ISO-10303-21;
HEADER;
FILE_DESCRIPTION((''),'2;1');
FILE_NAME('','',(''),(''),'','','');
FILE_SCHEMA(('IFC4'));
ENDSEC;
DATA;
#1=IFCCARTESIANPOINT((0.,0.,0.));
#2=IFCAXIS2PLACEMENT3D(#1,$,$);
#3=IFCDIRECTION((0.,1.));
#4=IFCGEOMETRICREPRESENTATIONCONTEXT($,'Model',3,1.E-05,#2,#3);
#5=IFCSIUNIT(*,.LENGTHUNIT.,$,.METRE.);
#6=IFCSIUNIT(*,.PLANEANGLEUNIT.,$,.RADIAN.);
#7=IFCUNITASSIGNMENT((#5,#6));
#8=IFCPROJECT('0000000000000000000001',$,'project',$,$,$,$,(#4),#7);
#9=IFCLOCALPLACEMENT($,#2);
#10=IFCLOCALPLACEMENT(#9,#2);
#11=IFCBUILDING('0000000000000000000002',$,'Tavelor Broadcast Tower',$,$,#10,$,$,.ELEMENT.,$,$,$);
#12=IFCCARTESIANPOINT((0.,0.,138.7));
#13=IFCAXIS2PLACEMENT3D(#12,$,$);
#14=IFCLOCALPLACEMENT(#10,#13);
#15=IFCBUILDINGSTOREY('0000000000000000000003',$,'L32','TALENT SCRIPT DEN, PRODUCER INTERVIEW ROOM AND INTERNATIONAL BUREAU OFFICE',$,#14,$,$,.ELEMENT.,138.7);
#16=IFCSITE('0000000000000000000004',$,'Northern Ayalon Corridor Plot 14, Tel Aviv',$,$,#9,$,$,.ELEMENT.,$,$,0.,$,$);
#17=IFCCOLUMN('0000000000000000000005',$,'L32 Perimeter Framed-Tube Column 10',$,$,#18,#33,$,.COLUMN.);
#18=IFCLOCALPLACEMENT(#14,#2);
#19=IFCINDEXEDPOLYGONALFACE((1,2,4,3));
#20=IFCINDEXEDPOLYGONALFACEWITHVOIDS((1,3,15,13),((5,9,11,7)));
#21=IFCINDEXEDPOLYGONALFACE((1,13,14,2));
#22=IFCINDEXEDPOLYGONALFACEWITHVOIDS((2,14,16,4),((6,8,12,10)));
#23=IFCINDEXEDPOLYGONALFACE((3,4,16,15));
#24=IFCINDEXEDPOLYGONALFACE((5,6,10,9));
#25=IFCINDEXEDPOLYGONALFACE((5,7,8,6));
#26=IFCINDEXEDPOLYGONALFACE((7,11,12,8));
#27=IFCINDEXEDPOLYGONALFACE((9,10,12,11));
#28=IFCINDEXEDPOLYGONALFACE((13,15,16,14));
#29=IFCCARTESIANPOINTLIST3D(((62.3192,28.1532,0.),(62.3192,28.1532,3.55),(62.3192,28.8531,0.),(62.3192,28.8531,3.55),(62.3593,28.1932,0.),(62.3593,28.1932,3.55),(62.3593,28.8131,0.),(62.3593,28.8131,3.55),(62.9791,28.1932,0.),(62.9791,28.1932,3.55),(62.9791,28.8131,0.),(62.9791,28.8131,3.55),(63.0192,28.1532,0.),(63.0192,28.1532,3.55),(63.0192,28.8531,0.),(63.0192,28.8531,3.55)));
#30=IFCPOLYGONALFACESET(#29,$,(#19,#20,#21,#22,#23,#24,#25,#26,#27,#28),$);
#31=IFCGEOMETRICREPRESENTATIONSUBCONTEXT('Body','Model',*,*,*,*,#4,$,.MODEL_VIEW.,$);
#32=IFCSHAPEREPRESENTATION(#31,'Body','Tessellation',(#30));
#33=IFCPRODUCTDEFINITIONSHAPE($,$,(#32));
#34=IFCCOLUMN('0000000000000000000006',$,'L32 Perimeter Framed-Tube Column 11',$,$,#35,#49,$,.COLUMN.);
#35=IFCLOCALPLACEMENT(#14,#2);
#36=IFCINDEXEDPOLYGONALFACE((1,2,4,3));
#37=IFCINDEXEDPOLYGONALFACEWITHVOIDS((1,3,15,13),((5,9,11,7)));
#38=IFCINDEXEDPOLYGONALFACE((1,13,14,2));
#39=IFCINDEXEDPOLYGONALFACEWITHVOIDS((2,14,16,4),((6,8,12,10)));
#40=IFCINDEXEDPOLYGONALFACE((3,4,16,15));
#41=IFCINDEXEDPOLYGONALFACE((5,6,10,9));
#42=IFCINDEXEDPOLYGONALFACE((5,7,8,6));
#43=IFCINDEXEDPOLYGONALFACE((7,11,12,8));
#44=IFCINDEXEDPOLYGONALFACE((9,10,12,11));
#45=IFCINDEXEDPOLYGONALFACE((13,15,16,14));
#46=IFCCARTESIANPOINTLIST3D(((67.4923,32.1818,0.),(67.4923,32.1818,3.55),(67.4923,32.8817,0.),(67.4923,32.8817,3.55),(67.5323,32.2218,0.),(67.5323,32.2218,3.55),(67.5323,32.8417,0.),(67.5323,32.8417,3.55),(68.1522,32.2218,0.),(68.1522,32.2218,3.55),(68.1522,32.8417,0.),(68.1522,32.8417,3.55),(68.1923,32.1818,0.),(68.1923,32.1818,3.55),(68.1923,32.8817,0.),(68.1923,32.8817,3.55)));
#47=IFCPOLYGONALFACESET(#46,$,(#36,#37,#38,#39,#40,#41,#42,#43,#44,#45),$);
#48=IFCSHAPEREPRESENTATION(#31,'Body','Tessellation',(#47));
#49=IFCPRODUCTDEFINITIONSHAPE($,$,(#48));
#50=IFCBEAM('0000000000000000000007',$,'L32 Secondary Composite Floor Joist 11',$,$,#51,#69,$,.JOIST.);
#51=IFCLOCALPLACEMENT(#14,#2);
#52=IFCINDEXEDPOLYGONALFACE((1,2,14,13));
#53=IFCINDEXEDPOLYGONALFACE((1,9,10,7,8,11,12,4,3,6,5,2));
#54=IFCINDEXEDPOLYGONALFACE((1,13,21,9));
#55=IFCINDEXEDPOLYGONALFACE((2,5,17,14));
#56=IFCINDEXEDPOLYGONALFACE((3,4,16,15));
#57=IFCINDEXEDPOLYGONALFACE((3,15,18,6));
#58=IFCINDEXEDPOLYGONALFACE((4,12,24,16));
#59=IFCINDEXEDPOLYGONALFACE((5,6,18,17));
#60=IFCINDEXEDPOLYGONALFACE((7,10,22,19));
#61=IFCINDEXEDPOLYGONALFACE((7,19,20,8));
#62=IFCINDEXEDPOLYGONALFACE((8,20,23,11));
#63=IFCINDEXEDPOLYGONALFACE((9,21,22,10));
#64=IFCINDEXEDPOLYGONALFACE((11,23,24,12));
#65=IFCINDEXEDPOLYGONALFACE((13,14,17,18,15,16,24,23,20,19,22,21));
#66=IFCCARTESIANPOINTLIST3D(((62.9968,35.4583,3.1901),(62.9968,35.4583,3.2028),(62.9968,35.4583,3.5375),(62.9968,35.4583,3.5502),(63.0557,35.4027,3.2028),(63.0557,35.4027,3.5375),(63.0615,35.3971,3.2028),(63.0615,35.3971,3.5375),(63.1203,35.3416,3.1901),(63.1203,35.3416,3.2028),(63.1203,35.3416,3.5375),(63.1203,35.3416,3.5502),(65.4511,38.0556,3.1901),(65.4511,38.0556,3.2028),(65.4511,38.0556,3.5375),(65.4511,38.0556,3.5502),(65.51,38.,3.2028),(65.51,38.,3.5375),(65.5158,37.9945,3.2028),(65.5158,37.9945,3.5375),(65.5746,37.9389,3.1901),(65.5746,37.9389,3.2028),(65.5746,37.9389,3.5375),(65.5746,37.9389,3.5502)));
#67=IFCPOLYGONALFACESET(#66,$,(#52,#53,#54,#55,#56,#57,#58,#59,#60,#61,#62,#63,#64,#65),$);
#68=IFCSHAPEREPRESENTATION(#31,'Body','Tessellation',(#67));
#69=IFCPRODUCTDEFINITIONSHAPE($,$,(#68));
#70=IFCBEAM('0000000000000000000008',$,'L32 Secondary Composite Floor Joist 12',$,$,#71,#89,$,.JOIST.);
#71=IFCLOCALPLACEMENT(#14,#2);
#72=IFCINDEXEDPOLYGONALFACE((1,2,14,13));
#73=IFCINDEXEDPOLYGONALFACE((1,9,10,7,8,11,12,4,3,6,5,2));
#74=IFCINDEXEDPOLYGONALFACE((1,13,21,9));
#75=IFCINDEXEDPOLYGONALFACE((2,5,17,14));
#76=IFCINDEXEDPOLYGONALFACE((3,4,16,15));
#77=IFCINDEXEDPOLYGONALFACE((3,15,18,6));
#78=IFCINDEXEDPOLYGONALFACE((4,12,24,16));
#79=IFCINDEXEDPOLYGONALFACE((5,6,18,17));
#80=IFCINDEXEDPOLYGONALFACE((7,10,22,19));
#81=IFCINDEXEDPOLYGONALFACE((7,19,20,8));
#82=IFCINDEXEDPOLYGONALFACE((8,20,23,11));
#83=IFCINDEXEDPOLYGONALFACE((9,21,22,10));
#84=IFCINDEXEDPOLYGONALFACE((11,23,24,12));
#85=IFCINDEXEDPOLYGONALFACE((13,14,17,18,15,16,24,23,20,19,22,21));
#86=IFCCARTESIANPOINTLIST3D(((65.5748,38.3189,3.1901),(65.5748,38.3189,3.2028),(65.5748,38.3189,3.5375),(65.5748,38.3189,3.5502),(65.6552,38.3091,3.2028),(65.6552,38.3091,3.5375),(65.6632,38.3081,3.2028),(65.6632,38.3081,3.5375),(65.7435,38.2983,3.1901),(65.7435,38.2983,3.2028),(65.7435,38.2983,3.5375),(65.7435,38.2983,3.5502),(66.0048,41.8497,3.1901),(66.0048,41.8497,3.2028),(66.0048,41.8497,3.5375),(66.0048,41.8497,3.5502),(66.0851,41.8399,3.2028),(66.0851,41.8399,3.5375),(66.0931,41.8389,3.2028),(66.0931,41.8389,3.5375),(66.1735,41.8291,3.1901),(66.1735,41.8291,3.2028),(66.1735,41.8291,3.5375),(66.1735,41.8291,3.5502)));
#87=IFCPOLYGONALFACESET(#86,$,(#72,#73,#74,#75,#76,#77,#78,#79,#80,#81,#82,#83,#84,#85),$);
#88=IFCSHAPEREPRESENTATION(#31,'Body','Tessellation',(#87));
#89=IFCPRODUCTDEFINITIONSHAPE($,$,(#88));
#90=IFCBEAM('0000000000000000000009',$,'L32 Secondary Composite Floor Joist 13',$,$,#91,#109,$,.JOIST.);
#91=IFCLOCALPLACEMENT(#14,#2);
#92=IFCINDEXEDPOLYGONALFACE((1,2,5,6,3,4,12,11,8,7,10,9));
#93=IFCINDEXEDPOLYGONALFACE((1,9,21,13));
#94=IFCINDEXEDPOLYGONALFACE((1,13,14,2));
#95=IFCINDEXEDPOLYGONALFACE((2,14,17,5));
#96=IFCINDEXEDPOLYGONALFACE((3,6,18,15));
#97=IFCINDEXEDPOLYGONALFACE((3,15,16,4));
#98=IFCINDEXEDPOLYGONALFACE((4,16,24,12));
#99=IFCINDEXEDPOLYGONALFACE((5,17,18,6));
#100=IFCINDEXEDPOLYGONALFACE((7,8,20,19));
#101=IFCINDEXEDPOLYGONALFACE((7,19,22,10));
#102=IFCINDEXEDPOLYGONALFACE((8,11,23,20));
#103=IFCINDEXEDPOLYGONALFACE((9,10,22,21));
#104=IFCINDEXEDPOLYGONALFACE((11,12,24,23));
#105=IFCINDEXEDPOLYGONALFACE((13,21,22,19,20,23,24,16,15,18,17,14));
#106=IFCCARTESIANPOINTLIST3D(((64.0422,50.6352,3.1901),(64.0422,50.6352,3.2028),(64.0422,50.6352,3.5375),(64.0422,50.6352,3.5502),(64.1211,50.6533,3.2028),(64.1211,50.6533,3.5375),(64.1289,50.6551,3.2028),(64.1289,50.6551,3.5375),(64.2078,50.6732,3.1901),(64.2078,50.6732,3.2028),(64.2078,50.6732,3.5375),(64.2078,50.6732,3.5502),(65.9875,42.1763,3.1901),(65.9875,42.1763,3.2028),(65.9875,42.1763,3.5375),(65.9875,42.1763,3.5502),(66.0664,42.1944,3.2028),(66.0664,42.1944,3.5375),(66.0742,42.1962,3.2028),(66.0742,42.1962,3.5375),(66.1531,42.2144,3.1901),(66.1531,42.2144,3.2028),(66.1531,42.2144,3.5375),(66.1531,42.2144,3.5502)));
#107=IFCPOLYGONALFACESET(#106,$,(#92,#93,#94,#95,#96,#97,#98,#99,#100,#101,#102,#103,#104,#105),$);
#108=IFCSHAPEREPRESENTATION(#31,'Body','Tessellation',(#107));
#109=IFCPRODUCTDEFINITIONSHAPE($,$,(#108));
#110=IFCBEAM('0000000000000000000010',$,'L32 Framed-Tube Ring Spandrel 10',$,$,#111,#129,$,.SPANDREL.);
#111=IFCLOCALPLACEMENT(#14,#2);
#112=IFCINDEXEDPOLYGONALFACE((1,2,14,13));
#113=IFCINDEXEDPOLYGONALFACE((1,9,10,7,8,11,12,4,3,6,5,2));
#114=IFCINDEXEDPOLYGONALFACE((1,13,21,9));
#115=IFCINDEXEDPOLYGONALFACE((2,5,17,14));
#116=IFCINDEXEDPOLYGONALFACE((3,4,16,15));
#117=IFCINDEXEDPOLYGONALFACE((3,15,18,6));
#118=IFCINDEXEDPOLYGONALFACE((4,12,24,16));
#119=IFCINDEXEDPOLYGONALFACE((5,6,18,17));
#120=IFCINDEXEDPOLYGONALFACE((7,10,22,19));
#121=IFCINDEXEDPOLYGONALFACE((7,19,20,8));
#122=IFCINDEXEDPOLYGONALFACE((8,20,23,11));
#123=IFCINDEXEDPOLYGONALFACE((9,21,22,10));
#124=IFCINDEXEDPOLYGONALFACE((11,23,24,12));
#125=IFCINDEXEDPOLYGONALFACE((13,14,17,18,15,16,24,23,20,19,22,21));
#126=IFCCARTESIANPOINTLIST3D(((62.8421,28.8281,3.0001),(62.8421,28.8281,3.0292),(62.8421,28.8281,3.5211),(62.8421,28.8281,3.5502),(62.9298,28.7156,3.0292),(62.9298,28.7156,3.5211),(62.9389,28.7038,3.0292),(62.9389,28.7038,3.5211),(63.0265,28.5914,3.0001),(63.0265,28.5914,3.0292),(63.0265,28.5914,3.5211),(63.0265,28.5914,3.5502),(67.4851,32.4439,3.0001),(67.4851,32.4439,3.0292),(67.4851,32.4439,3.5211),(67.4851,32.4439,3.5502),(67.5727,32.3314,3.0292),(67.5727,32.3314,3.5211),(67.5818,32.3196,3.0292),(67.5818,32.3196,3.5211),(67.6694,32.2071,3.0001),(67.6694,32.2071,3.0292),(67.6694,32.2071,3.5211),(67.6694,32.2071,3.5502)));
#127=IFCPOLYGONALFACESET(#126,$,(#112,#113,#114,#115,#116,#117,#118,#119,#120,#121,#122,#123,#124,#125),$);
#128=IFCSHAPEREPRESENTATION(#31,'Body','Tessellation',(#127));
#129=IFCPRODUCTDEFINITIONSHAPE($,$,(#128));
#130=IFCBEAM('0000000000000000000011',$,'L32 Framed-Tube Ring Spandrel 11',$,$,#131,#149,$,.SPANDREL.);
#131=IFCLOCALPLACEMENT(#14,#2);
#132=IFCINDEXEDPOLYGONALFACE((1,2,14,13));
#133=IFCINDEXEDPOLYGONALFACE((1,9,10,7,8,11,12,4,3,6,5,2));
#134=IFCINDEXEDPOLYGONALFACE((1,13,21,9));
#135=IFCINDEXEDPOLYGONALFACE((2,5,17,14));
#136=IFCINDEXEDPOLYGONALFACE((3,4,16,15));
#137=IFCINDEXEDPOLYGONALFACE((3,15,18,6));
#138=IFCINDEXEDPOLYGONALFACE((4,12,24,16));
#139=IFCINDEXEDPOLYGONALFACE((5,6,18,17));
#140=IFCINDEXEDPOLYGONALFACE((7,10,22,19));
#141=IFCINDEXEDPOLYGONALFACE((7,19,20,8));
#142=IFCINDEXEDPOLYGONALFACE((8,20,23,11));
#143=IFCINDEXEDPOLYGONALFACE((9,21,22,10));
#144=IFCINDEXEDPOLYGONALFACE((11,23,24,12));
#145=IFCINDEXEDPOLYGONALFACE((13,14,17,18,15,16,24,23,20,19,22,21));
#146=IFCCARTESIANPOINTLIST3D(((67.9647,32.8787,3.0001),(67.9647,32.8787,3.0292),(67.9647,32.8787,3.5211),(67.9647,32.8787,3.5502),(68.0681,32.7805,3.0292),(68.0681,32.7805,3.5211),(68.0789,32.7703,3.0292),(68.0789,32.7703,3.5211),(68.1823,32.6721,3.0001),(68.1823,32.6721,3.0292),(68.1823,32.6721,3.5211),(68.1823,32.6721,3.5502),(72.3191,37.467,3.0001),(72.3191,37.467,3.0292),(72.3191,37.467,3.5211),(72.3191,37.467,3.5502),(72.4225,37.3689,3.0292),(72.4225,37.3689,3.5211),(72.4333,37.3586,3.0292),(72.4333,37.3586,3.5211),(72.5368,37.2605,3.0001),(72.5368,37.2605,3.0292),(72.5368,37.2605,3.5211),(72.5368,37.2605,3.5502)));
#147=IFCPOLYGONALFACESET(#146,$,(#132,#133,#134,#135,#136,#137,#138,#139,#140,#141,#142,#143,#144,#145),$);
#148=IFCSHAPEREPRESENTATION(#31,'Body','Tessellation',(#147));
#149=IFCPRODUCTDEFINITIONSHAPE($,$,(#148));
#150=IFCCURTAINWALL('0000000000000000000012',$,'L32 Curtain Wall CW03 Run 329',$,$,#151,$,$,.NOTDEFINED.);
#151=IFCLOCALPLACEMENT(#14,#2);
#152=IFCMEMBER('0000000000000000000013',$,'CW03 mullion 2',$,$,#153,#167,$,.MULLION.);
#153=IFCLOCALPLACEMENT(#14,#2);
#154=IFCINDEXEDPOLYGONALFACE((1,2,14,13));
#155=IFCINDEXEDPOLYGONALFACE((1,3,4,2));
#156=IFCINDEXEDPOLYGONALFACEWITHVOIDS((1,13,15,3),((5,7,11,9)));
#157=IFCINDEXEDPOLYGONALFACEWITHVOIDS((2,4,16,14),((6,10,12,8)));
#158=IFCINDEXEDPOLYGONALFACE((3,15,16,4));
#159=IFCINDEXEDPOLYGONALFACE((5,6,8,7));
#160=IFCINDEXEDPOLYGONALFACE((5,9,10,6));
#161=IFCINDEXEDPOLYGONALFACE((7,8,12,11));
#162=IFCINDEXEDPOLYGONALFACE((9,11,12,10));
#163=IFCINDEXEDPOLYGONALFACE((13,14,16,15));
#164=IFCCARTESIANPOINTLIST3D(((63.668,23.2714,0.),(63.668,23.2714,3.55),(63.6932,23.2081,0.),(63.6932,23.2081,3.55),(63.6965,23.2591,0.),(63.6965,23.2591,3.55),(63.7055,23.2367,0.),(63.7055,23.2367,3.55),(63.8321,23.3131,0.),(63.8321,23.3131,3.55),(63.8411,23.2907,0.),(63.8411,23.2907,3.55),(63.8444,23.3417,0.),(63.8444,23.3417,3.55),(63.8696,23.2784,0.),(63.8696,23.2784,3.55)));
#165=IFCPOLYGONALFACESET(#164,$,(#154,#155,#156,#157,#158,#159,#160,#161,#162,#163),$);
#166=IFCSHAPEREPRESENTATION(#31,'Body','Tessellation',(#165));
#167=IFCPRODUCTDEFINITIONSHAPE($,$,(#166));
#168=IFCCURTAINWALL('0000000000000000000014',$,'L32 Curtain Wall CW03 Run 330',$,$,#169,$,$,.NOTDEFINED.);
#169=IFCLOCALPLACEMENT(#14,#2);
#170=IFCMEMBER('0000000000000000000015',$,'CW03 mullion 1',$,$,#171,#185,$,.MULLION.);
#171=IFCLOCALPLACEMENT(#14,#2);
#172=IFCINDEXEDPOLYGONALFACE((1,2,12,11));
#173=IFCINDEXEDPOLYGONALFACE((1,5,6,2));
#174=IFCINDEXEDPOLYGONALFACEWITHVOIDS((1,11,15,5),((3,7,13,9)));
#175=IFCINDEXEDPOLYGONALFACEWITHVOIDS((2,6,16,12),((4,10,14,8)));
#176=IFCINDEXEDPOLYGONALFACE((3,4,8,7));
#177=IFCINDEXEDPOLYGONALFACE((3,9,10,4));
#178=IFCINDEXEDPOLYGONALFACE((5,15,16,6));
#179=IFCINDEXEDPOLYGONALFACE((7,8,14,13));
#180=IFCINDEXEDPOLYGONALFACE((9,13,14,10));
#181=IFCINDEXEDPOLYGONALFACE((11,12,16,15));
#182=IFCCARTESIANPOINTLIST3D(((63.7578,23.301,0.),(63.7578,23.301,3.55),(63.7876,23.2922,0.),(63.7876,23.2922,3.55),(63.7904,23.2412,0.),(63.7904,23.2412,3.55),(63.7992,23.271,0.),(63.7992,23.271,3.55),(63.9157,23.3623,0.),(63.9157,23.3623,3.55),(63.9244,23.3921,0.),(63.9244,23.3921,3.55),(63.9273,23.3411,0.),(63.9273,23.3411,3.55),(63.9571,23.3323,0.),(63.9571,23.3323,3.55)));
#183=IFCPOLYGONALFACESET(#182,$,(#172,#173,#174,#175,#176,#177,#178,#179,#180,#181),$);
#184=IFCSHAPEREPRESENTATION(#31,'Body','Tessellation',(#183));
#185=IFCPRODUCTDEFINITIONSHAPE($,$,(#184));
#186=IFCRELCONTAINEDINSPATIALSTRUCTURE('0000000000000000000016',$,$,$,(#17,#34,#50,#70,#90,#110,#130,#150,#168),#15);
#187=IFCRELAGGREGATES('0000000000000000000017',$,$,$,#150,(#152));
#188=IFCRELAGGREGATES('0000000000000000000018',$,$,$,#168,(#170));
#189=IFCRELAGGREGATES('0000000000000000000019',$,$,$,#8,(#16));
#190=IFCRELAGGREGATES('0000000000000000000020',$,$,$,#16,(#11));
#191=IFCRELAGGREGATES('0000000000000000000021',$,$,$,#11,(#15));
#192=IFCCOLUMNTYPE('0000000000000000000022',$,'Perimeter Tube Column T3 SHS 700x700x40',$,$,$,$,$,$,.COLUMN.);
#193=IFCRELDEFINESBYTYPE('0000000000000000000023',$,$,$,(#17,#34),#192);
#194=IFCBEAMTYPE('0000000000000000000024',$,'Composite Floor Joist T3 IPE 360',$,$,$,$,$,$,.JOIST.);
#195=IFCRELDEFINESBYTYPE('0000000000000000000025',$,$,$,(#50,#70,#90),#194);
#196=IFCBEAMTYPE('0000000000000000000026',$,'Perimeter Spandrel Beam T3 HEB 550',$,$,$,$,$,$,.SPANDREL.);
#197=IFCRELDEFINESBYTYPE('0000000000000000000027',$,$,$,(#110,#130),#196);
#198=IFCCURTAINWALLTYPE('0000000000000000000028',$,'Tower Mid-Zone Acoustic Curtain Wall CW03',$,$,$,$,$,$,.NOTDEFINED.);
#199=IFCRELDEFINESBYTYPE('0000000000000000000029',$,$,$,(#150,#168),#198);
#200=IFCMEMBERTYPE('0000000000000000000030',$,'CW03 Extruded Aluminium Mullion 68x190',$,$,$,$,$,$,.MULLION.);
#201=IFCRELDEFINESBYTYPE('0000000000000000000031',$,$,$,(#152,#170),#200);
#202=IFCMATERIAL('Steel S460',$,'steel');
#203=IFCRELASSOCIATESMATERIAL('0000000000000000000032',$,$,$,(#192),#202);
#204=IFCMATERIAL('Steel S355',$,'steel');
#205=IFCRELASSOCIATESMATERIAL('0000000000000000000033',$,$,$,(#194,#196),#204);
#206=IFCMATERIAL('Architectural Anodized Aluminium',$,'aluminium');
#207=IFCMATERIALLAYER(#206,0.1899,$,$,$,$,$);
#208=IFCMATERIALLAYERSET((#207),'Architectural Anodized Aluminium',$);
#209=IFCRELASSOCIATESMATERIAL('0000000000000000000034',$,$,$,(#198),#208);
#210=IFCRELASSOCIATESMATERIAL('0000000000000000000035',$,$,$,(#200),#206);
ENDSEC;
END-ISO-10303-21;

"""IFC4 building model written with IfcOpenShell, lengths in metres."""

from ifc_helpers import new_model, si_unit, direction, frame, origin, origin_2d, place, context, subcontext, project, spatial, hollow_rectangle, i_section, extrude, source, transform, mapped, material, layer, layer_set, material_profile, profile_set, type_object, type_shapes, element, aggregate, save


model = new_model("IFC4")

# Units and contexts
model_context = context("Model", 3, precision=1e-05, world=origin(), true_north=direction((0.0, 1.0)))
body_context = subcontext(model_context, "Body", "Model", "MODEL_VIEW")
ifc_project = project(units=[si_unit("LENGTHUNIT", "METRE"), si_unit("PLANEANGLEUNIT", "RADIAN")], contexts=[model_context])

# Site, building, storey
site_placement = place(None, origin())
site = spatial("IfcSite", under=ifc_project, at=site_placement, Name="Northern Ayalon Corridor Plot 14, Tel Aviv", CompositionType="ELEMENT", RefElevation=0.0)
building_placement = place(site_placement, origin())
building = spatial("IfcBuilding", under=site, at=building_placement, Name="Tavelor Broadcast Tower", CompositionType="ELEMENT")
storey_placement = place(building_placement, frame((0.0, 0.0, 138.7)))
storey = spatial("IfcBuildingStorey", under=building, at=storey_placement, Name="L32", Description="TALENT SCRIPT DEN, PRODUCER INTERVIEW ROOM AND INTERNATIONAL BUREAU OFFICE", CompositionType="ELEMENT", Elevation=138.7)

# Columns
ifc_material_1 = material(Name="Steel S460", Category="steel")
ifc_material_profile_1 = material_profile(ifc_material_1, hollow_rectangle(XDim=0.7, YDim=0.7, WallThickness=0.04, at=origin_2d()), Name="SHS 700x700x40")
ifc_profile_set_1 = profile_set([ifc_material_profile_1], Name="Steel S460")
column_type = type_object("IfcColumnType", Name="Perimeter Tube Column T3 SHS 700x700x40", PredefinedType="COLUMN", material=ifc_profile_set_1)
for number, where, z_axis, x_axis, name in (
    (1, (62.6692, 28.5032, 0.0), (0.0, 0.0, 1.0), (1.0, 0.0, 0.0), "L32 Perimeter Framed-Tube Column 10"),
    (2, (67.8423, 32.5317, 0.0), (0.0, 0.0, 1.0), (1.0, 0.0, 0.0), "L32 Perimeter Framed-Tube Column 11"),
):
    element("IfcColumn", number, at=place(storey_placement, frame(where, z_axis=z_axis, x_axis=x_axis)), inside=storey, type_object=column_type, Name=name, PredefinedType="COLUMN", context=body_context, shape_type="SweptSolid", body=[
        extrude(hollow_rectangle(XDim=0.7, YDim=0.7, WallThickness=0.04, at=origin_2d()), origin(), (0.0, 0.0, 1.0), 3.55),
    ])

# Beams
ifc_material_2 = material(Name="Steel S355", Category="steel")
ifc_material_profile_2 = material_profile(ifc_material_2, i_section(OverallWidth=0.1699, OverallDepth=0.3601, WebThickness=0.0081, FlangeThickness=0.0127, at=origin_2d()), Name="IPE 360")
ifc_profile_set_2 = profile_set([ifc_material_profile_2], Name="Steel S355")
beam_type_1 = type_object("IfcBeamType", Name="Composite Floor Joist T3 IPE 360", PredefinedType="JOIST", material=ifc_profile_set_2)
beam_1_placement = place(storey_placement, frame((63.0586, 35.3999, 3.3701), z_axis=(0.686806, 0.726841, 0.0), x_axis=(-0.726841, 0.686806, 0.0)))
element("IfcBeam", 3, at=beam_1_placement, inside=storey, type_object=beam_type_1, Name="L32 Secondary Composite Floor Joist 11", PredefinedType="JOIST", context=body_context, shape_type="SweptSolid", body=[
    extrude(i_section(OverallWidth=0.1699, OverallDepth=0.3601, WebThickness=0.0081, FlangeThickness=0.0127, at=origin_2d()), origin(), (0.0, 0.0, 1.0), 3.5735),
])
beam_2_placement = place(storey_placement, frame((65.6592, 38.3086, 3.3701), z_axis=(0.120875, 0.992668, 0.0), x_axis=(-0.992668, 0.120875, 0.0)))
element("IfcBeam", 4, at=beam_2_placement, inside=storey, type_object=beam_type_1, Name="L32 Secondary Composite Floor Joist 12", PredefinedType="JOIST", context=body_context, shape_type="SweptSolid", body=[
    extrude(i_section(OverallWidth=0.1699, OverallDepth=0.3601, WebThickness=0.0081, FlangeThickness=0.0127, at=origin_2d()), origin(), (0.0, 0.0, 1.0), 3.5569),
])
beam_3_placement = place(storey_placement, frame((66.0703, 42.1953, 3.3701), z_axis=(-0.22412, 0.974562, 0.0), x_axis=(-0.974562, -0.22412, 0.0)))
element("IfcBeam", 5, at=beam_3_placement, inside=storey, type_object=beam_type_1, Name="L32 Secondary Composite Floor Joist 13", PredefinedType="JOIST", context=body_context, shape_type="SweptSolid", body=[
    extrude(i_section(OverallWidth=0.1699, OverallDepth=0.3601, WebThickness=0.0081, FlangeThickness=0.0127, at=origin_2d()), origin(), (0.0, 0.0, 1.0), 8.6797),
])
ifc_material_profile_3 = material_profile(ifc_material_2, i_section(OverallWidth=0.3, OverallDepth=0.55, WebThickness=0.0149, FlangeThickness=0.0291, at=origin_2d()), Name="HEB 550")
ifc_profile_set_3 = profile_set([ifc_material_profile_3], Name="Steel S355")
beam_type_2 = type_object("IfcBeamType", Name="Perimeter Spandrel Beam T3 HEB 550", PredefinedType="SPANDREL", material=ifc_profile_set_3)
beam_4_placement = place(storey_placement, frame((62.9343, 28.7097, 3.2751), z_axis=(0.78897, 0.614432, 0.0), x_axis=(-0.614432, 0.78897, 0.0)))
element("IfcBeam", 6, at=beam_4_placement, inside=storey, type_object=beam_type_2, Name="L32 Framed-Tube Ring Spandrel 10", PredefinedType="SPANDREL", context=body_context, shape_type="SweptSolid", body=[
    extrude(i_section(OverallWidth=0.3, OverallDepth=0.55, WebThickness=0.0149, FlangeThickness=0.0291, at=origin_2d()), origin(), (0.0, 0.0, 1.0), 5.8848),
])
beam_5_placement = place(storey_placement, frame((68.0735, 32.7754, 3.2751), z_axis=(0.688378, 0.725352, 0.0), x_axis=(-0.725352, 0.688378, 0.0)))
element("IfcBeam", 7, at=beam_5_placement, inside=storey, type_object=beam_type_2, Name="L32 Framed-Tube Ring Spandrel 11", PredefinedType="SPANDREL", context=body_context, shape_type="SweptSolid", body=[
    extrude(i_section(OverallWidth=0.3, OverallDepth=0.55, WebThickness=0.0149, FlangeThickness=0.0291, at=origin_2d()), origin(), (0.0, 0.0, 1.0), 6.3257),
])

# Curtain wall, member
ifc_material_3 = material(Name="Architectural Anodized Aluminium", Category="aluminium")
ifc_layer_1 = layer(ifc_material_3, 0.1899)
ifc_layer_set_1 = layer_set([ifc_layer_1], Name="Architectural Anodized Aluminium")
curtain_wall_type = type_object("IfcCurtainWallType", Name="Tower Mid-Zone Acoustic Curtain Wall CW03", PredefinedType="NOTDEFINED", material=ifc_layer_set_1)
curtain_wall_1_placement = place(storey_placement, origin())
curtain_wall_1 = element("IfcCurtainWall", 8, at=curtain_wall_1_placement, inside=storey, type_object=curtain_wall_type, Name="L32 Curtain Wall CW03 Run 329", PredefinedType="NOTDEFINED")
ifc_material_profile_4 = material_profile(ifc_material_3, hollow_rectangle(XDim=0.0681, YDim=0.1899, WallThickness=0.022, at=origin_2d()), Name="RHS 68x190x22")
ifc_profile_set_4 = profile_set([ifc_material_profile_4], Name="Architectural Anodized Aluminium")
member_type_1 = type_object("IfcMemberType", Name="CW03 Extruded Aluminium Mullion 68x190", PredefinedType="MULLION", material=ifc_profile_set_4)
shared_shape_1 = source(origin(), body_context, "Body", "SweptSolid", [
    extrude(hollow_rectangle(XDim=0.0681, YDim=0.1899, WallThickness=0.022, at=origin_2d()), origin(), (0.0, 0.0, 1.0), 3.55),
])
type_shapes(member_type_1, [shared_shape_1])
member_1_placement = place(storey_placement, frame((63.7688, 23.2749, 0.0), z_axis=(0.0, 0.0, 1.0), x_axis=(-0.370162, 0.928967, 0.0)))
member_1 = element("IfcMember", 9, at=member_1_placement, type_object=member_type_1, Name="CW03 mullion 2", PredefinedType="MULLION", context=body_context, shape_type="MappedRepresentation", body=[
    mapped(shared_shape_1, transform((0.0, 0.0, 0.0), scale=1.0)),
])
aggregate(curtain_wall_1, [member_1])

# Curtain wall, member
curtain_wall_2_placement = place(storey_placement, origin())
curtain_wall_2 = element("IfcCurtainWall", 10, at=curtain_wall_2_placement, inside=storey, type_object=curtain_wall_type, Name="L32 Curtain Wall CW03 Run 330", PredefinedType="NOTDEFINED")
member_2_placement = place(storey_placement, frame((63.8574, 23.3167, 0.0), z_axis=(0.0, 0.0, 1.0), x_axis=(-0.479833, 0.87736, 0.0)))
member_2 = element("IfcMember", 11, at=member_2_placement, type_object=member_type_1, Name="CW03 mullion 1", PredefinedType="MULLION", context=body_context, shape_type="MappedRepresentation", body=[
    mapped(shared_shape_1, transform((0.0, 0.0, 0.0), scale=1.0)),
])

aggregate(curtain_wall_2, [member_2])

save(model, "model.ifc")
